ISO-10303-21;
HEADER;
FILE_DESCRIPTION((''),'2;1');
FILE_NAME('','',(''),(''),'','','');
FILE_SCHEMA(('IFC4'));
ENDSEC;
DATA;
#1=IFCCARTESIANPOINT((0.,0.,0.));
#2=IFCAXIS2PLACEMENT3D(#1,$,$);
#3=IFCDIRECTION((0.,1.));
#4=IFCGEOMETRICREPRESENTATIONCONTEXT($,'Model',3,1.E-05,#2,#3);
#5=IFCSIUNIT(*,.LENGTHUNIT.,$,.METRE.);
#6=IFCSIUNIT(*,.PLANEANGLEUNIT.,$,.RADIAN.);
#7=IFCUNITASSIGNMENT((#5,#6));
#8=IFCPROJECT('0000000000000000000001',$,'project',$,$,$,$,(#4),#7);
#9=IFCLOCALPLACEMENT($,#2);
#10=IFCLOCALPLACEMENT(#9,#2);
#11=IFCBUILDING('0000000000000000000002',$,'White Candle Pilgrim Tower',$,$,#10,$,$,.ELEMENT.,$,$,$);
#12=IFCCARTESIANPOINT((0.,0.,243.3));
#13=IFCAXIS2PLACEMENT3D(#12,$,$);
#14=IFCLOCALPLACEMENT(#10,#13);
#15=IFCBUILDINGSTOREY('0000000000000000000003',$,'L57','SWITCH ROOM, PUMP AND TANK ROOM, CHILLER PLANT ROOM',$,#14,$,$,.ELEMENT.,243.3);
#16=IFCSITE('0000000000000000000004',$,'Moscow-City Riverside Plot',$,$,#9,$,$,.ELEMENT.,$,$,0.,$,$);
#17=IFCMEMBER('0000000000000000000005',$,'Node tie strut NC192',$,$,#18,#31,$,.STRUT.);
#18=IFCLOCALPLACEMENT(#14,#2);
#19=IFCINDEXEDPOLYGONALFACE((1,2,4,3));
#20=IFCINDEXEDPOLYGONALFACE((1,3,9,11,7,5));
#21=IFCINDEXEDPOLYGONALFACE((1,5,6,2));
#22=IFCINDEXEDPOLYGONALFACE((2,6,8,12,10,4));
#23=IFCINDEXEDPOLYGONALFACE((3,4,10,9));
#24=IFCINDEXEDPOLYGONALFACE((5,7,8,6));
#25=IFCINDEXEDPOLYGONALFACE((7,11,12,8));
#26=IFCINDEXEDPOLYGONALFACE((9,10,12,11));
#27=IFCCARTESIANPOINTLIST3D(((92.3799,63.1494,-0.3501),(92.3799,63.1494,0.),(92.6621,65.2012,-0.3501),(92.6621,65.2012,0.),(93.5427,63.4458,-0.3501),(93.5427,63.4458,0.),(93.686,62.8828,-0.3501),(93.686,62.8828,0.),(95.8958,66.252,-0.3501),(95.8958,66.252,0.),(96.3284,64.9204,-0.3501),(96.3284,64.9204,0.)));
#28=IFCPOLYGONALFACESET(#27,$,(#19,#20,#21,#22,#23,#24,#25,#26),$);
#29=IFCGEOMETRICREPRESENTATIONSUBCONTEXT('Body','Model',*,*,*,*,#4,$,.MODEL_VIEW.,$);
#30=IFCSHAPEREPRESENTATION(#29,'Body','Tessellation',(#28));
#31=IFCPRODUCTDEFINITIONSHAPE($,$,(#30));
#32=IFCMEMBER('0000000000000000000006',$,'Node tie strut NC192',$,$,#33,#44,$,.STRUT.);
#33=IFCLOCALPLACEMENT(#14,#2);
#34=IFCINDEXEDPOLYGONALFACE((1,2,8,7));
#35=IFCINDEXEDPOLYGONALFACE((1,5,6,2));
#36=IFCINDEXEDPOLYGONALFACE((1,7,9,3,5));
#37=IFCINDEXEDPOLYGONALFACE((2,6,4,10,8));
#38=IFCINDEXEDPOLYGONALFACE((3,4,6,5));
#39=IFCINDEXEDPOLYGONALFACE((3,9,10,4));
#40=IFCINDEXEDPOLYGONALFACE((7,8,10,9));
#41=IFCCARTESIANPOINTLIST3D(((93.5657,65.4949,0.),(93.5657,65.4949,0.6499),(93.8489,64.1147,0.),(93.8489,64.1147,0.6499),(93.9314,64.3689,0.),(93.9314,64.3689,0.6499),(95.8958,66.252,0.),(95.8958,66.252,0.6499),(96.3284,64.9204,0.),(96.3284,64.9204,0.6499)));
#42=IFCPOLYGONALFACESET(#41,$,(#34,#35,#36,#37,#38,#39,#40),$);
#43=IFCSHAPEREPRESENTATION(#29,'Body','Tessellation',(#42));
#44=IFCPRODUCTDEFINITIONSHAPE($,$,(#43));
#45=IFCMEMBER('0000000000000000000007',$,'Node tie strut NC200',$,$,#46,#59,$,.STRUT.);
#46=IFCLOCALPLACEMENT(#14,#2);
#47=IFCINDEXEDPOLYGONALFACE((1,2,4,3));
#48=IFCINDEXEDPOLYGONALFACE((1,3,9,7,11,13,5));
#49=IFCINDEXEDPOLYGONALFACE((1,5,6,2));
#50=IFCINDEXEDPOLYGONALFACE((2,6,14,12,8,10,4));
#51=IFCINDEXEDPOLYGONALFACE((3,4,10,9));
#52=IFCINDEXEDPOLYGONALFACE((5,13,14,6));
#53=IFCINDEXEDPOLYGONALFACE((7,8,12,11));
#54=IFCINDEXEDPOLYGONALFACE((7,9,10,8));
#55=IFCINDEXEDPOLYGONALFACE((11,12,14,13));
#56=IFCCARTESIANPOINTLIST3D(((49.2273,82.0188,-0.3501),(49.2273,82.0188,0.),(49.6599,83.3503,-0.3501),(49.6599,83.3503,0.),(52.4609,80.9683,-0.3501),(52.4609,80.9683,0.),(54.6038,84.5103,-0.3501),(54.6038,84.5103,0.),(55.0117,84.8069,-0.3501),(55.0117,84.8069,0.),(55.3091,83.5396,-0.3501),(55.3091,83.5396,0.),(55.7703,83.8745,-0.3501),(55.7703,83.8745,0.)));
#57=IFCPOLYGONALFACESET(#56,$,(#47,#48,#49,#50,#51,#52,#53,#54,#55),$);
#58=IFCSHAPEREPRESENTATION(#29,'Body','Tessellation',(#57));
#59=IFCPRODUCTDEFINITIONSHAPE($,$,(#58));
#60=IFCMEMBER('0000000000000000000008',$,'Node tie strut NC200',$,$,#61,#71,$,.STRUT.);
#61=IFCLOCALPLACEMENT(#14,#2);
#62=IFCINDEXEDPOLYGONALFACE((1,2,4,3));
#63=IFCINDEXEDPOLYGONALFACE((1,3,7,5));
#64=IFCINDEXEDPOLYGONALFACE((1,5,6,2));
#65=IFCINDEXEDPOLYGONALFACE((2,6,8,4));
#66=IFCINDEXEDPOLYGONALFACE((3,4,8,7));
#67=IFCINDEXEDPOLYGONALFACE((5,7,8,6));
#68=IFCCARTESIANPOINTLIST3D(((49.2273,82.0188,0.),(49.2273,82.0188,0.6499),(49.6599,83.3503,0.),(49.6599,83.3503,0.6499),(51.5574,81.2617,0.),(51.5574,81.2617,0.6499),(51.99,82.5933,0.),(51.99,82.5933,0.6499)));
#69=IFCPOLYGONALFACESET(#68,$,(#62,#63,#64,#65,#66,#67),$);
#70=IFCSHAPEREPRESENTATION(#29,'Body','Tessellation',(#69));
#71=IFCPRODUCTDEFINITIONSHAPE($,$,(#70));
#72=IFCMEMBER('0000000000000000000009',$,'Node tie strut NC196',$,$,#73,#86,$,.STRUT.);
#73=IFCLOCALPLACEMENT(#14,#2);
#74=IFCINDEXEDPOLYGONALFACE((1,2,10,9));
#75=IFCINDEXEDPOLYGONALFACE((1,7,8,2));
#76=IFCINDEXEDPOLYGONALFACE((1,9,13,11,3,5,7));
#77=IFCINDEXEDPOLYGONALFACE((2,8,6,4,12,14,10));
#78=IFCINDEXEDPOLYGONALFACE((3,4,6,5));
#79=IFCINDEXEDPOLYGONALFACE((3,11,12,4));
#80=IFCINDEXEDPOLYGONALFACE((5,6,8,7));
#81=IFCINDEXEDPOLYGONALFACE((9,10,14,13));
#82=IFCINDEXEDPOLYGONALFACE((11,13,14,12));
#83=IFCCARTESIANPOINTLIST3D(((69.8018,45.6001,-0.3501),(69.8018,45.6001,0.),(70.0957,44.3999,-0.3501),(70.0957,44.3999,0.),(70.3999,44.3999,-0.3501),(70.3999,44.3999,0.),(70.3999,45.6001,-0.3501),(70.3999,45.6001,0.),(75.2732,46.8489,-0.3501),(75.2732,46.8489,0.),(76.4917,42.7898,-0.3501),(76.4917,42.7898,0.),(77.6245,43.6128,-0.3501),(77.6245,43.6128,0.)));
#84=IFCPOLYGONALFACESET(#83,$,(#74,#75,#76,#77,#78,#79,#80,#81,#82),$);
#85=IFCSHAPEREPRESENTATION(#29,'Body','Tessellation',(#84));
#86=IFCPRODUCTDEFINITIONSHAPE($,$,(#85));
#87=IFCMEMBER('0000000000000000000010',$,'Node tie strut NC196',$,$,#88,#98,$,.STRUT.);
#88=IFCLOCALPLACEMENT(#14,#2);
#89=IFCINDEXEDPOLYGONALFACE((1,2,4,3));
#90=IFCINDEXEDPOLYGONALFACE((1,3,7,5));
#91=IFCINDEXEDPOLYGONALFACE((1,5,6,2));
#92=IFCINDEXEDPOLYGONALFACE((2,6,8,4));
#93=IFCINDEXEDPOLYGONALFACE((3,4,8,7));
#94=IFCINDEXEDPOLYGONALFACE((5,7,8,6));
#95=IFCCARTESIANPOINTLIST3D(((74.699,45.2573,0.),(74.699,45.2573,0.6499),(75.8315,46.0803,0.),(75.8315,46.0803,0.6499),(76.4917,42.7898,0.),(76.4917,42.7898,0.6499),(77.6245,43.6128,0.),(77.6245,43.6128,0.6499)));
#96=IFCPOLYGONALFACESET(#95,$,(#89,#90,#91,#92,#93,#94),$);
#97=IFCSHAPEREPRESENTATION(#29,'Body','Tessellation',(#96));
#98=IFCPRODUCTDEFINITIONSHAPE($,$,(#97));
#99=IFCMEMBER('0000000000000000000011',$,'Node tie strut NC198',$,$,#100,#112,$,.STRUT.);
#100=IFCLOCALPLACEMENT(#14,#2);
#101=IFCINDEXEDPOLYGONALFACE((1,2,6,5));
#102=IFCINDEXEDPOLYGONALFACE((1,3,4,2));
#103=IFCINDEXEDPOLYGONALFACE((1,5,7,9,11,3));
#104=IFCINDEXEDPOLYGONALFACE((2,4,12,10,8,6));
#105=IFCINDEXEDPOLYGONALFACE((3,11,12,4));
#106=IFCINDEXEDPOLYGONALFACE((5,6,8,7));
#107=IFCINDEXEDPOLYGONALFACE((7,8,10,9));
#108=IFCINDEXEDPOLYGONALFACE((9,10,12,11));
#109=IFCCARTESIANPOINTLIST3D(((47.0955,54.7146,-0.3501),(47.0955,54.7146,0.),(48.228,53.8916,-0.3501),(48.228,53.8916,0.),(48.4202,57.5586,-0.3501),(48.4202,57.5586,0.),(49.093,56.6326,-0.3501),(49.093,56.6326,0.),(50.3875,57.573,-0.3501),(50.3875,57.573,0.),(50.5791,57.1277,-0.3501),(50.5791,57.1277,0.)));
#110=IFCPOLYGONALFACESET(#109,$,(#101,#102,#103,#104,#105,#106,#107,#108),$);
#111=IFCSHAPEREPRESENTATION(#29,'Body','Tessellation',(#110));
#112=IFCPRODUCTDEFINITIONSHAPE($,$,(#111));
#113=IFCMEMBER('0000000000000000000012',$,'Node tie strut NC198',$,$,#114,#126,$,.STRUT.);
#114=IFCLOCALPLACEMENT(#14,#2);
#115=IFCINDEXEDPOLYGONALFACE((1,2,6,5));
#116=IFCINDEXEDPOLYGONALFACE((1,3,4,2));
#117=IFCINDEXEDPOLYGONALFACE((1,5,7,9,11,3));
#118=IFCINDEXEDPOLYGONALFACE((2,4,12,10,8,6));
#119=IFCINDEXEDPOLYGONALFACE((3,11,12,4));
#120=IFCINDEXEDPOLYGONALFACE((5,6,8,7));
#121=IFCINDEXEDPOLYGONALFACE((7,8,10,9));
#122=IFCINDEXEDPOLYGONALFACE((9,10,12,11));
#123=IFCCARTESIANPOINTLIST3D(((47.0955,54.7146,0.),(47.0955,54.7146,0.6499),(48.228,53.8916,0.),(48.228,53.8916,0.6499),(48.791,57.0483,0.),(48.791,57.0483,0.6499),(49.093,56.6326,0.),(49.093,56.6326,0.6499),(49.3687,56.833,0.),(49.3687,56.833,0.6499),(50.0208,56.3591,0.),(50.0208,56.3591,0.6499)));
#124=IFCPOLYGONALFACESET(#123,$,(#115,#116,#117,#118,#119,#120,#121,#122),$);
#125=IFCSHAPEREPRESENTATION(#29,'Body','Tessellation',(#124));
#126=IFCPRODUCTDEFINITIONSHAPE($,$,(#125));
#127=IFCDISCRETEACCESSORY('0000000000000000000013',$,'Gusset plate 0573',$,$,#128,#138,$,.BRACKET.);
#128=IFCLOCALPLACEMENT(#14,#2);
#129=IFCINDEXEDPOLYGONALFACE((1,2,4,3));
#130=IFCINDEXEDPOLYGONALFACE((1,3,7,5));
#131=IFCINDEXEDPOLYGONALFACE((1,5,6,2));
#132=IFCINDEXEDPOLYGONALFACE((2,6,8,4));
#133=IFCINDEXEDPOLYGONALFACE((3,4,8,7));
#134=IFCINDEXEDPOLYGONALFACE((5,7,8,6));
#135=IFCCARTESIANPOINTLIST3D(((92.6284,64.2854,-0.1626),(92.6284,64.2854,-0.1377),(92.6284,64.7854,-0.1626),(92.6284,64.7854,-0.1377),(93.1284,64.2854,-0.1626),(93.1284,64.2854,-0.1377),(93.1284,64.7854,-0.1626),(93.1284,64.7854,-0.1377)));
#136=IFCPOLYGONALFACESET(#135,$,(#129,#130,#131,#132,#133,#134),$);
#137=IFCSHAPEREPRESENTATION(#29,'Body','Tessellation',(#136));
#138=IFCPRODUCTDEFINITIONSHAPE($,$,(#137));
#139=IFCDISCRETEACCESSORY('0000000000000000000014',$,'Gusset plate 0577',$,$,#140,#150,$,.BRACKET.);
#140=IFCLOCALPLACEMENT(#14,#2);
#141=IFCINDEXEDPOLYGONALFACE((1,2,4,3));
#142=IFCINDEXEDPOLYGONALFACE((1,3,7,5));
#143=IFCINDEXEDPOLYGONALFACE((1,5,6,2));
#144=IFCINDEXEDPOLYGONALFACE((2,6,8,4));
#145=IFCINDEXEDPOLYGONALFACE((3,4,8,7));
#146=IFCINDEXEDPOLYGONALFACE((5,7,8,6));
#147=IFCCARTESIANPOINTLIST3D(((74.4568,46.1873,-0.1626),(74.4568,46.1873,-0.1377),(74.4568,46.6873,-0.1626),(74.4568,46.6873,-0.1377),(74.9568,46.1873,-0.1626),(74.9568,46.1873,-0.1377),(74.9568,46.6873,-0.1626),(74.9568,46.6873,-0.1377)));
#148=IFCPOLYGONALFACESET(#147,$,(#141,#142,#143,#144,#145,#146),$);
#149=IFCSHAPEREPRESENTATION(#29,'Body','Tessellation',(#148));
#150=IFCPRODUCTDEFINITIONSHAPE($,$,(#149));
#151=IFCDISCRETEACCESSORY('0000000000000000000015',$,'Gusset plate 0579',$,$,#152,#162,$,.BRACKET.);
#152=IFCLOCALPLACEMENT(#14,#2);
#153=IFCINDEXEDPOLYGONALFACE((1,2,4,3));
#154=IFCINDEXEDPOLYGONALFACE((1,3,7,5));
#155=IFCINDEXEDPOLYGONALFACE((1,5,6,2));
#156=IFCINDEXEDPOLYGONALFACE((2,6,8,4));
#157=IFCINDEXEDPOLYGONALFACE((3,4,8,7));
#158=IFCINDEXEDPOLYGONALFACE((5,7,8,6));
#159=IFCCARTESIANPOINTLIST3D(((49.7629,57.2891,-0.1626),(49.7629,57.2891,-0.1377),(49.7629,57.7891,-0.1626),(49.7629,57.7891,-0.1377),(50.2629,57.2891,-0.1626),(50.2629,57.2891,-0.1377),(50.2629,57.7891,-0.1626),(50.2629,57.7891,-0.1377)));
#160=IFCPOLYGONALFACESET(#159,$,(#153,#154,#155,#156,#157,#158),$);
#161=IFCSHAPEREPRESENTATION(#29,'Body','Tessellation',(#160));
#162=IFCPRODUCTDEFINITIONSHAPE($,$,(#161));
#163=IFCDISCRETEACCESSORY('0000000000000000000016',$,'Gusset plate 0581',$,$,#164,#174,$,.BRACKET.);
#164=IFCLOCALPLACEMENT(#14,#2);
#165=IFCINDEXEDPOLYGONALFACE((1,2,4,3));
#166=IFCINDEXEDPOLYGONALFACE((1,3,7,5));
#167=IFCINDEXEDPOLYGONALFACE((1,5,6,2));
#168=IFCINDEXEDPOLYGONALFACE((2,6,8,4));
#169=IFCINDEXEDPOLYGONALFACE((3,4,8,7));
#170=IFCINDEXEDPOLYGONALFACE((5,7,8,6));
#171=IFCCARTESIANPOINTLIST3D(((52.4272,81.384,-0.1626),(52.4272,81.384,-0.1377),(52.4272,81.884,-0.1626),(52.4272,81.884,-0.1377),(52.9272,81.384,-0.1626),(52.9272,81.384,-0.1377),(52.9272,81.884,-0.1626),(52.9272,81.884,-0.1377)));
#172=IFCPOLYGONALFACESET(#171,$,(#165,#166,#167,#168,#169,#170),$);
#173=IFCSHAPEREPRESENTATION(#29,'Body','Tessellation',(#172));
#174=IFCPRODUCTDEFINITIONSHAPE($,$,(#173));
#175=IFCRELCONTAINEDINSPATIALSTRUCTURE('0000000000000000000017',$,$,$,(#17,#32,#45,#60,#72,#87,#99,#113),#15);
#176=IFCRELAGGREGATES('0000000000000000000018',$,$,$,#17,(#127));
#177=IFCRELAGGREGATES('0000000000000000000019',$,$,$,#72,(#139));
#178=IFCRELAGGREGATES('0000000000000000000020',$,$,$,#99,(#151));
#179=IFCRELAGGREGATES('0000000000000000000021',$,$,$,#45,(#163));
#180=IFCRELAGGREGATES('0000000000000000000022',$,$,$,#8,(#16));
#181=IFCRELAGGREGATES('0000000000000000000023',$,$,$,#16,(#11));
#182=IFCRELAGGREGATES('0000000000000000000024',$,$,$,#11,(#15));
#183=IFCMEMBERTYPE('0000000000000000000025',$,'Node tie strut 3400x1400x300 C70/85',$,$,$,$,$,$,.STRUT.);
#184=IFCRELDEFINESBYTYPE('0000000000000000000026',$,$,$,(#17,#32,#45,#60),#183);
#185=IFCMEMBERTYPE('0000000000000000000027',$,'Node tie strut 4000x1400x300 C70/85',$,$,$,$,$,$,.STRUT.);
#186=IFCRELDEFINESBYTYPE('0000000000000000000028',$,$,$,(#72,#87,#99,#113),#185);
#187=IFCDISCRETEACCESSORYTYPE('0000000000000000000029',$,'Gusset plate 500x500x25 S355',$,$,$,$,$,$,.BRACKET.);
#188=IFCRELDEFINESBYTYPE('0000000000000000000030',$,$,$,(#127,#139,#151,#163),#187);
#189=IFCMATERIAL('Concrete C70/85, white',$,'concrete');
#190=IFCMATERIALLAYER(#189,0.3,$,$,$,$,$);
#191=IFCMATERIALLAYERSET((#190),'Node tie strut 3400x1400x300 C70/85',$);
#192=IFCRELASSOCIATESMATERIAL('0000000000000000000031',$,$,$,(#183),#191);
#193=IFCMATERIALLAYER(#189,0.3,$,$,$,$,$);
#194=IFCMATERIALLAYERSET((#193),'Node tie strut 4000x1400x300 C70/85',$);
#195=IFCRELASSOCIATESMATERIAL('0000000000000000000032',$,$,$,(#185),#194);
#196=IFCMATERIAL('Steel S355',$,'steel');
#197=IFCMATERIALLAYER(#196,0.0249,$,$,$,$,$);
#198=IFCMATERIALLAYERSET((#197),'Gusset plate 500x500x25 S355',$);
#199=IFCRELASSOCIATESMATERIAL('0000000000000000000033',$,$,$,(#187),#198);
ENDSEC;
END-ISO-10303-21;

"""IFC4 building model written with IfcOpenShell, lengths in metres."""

from ifc_helpers import new_model, si_unit, direction, frame, origin, origin_2d, place, context, subcontext, project, spatial, polyline, rectangle, outline, extrude, material, layer, layer_set, type_object, element, aggregate, save


model = new_model("IFC4")

# Units and contexts
model_context = context("Model", 3, precision=1e-05, world=origin(), true_north=direction((0.0, 1.0)))
body_context = subcontext(model_context, "Body", "Model", "MODEL_VIEW")
ifc_project = project(units=[si_unit("LENGTHUNIT", "METRE"), si_unit("PLANEANGLEUNIT", "RADIAN")], contexts=[model_context])

# Site, building, storey
site_placement = place(None, origin())
site = spatial("IfcSite", under=ifc_project, at=site_placement, Name="Moscow-City Riverside Plot", CompositionType="ELEMENT", RefElevation=0.0)
building_placement = place(site_placement, origin())
building = spatial("IfcBuilding", under=site, at=building_placement, Name="White Candle Pilgrim Tower", CompositionType="ELEMENT")
storey_placement = place(building_placement, frame((0.0, 0.0, 243.3)))
storey = spatial("IfcBuildingStorey", under=building, at=storey_placement, Name="L57", Description="SWITCH ROOM, PUMP AND TANK ROOM, CHILLER PLANT ROOM", CompositionType="ELEMENT", Elevation=243.3)

# Members
ifc_material_1 = material(Name="Concrete C70/85, white", Category="concrete")
ifc_layer_1 = layer(ifc_material_1, 0.3)
ifc_layer_set_1 = layer_set([ifc_layer_1], Name="Node tie strut 3400x1400x300 C70/85")
member_type_1 = type_object("IfcMemberType", Name="Node tie strut 3400x1400x300 C70/85", PredefinedType="STRUT", material=ifc_layer_set_1)
member_1_placement = place(storey_placement, frame((0.0, 0.0, -0.3501)))
member_1 = element("IfcMember", 1, at=member_1_placement, inside=storey, type_object=member_type_1, Name="Node tie strut NC192", PredefinedType="STRUT", context=body_context, shape_type="SweptSolid", body=[
    extrude(outline(polyline([(93.686, 62.8828), (96.3284, 64.9204), (95.8958, 66.252), (92.6621, 65.2012), (92.3799, 63.1494), (93.5427, 63.4458), (93.686, 62.8828)])), origin(), (0.0, 0.0, 1.0), 0.3501),
])
member_2_placement = place(storey_placement, origin())
element("IfcMember", 2, at=member_2_placement, inside=storey, type_object=member_type_1, Name="Node tie strut NC192", PredefinedType="STRUT", context=body_context, shape_type="SweptSolid", body=[
    extrude(outline(polyline([(93.8489, 64.1147), (96.3284, 64.9204), (95.8958, 66.252), (93.5657, 65.4949), (93.9314, 64.3689), (93.8489, 64.1147)])), origin(), (0.0, 0.0, 1.0), 0.6499),
])
member_3_placement = place(storey_placement, frame((0.0, 0.0, -0.3501)))
member_3 = element("IfcMember", 3, at=member_3_placement, inside=storey, type_object=member_type_1, Name="Node tie strut NC200", PredefinedType="STRUT", context=body_context, shape_type="SweptSolid", body=[
    extrude(outline(polyline([(52.4609, 80.9683), (55.7703, 83.8745), (55.3091, 83.5396), (54.6038, 84.5103), (55.0117, 84.8069), (49.6599, 83.3503), (49.2273, 82.0188), (52.4609, 80.9683)])), origin(), (0.0, 0.0, 1.0), 0.3501),
])
member_4_placement = place(storey_placement, origin())
element("IfcMember", 4, at=member_4_placement, inside=storey, type_object=member_type_1, Name="Node tie strut NC200", PredefinedType="STRUT", context=body_context, shape_type="SweptSolid", body=[
    extrude(outline(polyline([(51.5574, 81.2617), (51.99, 82.5933), (49.6599, 83.3503), (49.2273, 82.0188), (51.5574, 81.2617)])), origin(), (0.0, 0.0, 1.0), 0.6499),
])
ifc_layer_2 = layer(ifc_material_1, 0.3)
ifc_layer_set_2 = layer_set([ifc_layer_2], Name="Node tie strut 4000x1400x300 C70/85")
member_type_2 = type_object("IfcMemberType", Name="Node tie strut 4000x1400x300 C70/85", PredefinedType="STRUT", material=ifc_layer_set_2)
member_5_placement = place(storey_placement, frame((0.0, 0.0, -0.3501)))
member_5 = element("IfcMember", 5, at=member_5_placement, inside=storey, type_object=member_type_2, Name="Node tie strut NC196", PredefinedType="STRUT", context=body_context, shape_type="SweptSolid", body=[
    extrude(outline(polyline([(76.4917, 42.7898), (77.6245, 43.6128), (75.2732, 46.8489), (69.8018, 45.6001), (70.3999, 45.6001), (70.3999, 44.3999), (70.0957, 44.3999), (76.4917, 42.7898)])), origin(), (0.0, 0.0, 1.0), 0.3501),
])
member_6_placement = place(storey_placement, origin())
element("IfcMember", 6, at=member_6_placement, inside=storey, type_object=member_type_2, Name="Node tie strut NC196", PredefinedType="STRUT", context=body_context, shape_type="SweptSolid", body=[
    extrude(outline(polyline([(76.4917, 42.7898), (77.6245, 43.6128), (75.8315, 46.0803), (74.699, 45.2573), (76.4917, 42.7898)])), origin(), (0.0, 0.0, 1.0), 0.6499),
])
member_7_placement = place(storey_placement, frame((0.0, 0.0, -0.3501)))
member_7 = element("IfcMember", 7, at=member_7_placement, inside=storey, type_object=member_type_2, Name="Node tie strut NC198", PredefinedType="STRUT", context=body_context, shape_type="SweptSolid", body=[
    extrude(outline(polyline([(48.228, 53.8916), (50.5791, 57.1277), (50.3875, 57.573), (49.093, 56.6326), (48.4202, 57.5586), (47.0955, 54.7146), (48.228, 53.8916)])), origin(), (0.0, 0.0, 1.0), 0.3501),
])
member_8_placement = place(storey_placement, origin())
element("IfcMember", 8, at=member_8_placement, inside=storey, type_object=member_type_2, Name="Node tie strut NC198", PredefinedType="STRUT", context=body_context, shape_type="SweptSolid", body=[
    extrude(outline(polyline([(48.228, 53.8916), (50.0208, 56.3591), (49.3687, 56.833), (49.093, 56.6326), (48.791, 57.0483), (47.0955, 54.7146), (48.228, 53.8916)])), origin(), (0.0, 0.0, 1.0), 0.6499),
])

# Discrete accessories
ifc_material_2 = material(Name="Steel S355", Category="steel")
ifc_layer_3 = layer(ifc_material_2, 0.0249)
ifc_layer_set_3 = layer_set([ifc_layer_3], Name="Gusset plate 500x500x25 S355")
discrete_accessory_type = type_object("IfcDiscreteAccessoryType", Name="Gusset plate 500x500x25 S355", PredefinedType="BRACKET", material=ifc_layer_set_3)
discrete_accessory_1_placement = place(storey_placement, frame((92.8784, 64.5354, -0.1626), z_axis=(0.0, 0.0, 1.0), x_axis=(1.0, 0.0, 0.0)))
discrete_accessory_1 = element("IfcDiscreteAccessory", 9, at=discrete_accessory_1_placement, type_object=discrete_accessory_type, Name="Gusset plate 0573", PredefinedType="BRACKET", context=body_context, shape_type="SweptSolid", body=[
    extrude(rectangle(XDim=0.5, YDim=0.5, at=origin_2d()), origin(), (0.0, 0.0, 1.0), 0.0249),
])
aggregate(member_1, [discrete_accessory_1])
discrete_accessory_2_placement = place(storey_placement, frame((74.7068, 46.4373, -0.1626), z_axis=(0.0, 0.0, 1.0), x_axis=(1.0, 0.0, 0.0)))
discrete_accessory_2 = element("IfcDiscreteAccessory", 10, at=discrete_accessory_2_placement, type_object=discrete_accessory_type, Name="Gusset plate 0577", PredefinedType="BRACKET", context=body_context, shape_type="SweptSolid", body=[
    extrude(rectangle(XDim=0.5, YDim=0.5, at=origin_2d()), origin(), (0.0, 0.0, 1.0), 0.0249),
])
aggregate(member_5, [discrete_accessory_2])
discrete_accessory_3_placement = place(storey_placement, frame((50.0129, 57.5391, -0.1626), z_axis=(0.0, 0.0, 1.0), x_axis=(1.0, 0.0, 0.0)))
discrete_accessory_3 = element("IfcDiscreteAccessory", 11, at=discrete_accessory_3_placement, type_object=discrete_accessory_type, Name="Gusset plate 0579", PredefinedType="BRACKET", context=body_context, shape_type="SweptSolid", body=[
    extrude(rectangle(XDim=0.5, YDim=0.5, at=origin_2d()), origin(), (0.0, 0.0, 1.0), 0.0249),
])
aggregate(member_7, [discrete_accessory_3])
discrete_accessory_4_placement = place(storey_placement, frame((52.6772, 81.634, -0.1626), z_axis=(0.0, 0.0, 1.0), x_axis=(1.0, 0.0, 0.0)))
discrete_accessory_4 = element("IfcDiscreteAccessory", 12, at=discrete_accessory_4_placement, type_object=discrete_accessory_type, Name="Gusset plate 0581", PredefinedType="BRACKET", context=body_context, shape_type="SweptSolid", body=[
    extrude(rectangle(XDim=0.5, YDim=0.5, at=origin_2d()), origin(), (0.0, 0.0, 1.0), 0.0249),
])
aggregate(member_3, [discrete_accessory_4])

save(model, "model.ifc")
